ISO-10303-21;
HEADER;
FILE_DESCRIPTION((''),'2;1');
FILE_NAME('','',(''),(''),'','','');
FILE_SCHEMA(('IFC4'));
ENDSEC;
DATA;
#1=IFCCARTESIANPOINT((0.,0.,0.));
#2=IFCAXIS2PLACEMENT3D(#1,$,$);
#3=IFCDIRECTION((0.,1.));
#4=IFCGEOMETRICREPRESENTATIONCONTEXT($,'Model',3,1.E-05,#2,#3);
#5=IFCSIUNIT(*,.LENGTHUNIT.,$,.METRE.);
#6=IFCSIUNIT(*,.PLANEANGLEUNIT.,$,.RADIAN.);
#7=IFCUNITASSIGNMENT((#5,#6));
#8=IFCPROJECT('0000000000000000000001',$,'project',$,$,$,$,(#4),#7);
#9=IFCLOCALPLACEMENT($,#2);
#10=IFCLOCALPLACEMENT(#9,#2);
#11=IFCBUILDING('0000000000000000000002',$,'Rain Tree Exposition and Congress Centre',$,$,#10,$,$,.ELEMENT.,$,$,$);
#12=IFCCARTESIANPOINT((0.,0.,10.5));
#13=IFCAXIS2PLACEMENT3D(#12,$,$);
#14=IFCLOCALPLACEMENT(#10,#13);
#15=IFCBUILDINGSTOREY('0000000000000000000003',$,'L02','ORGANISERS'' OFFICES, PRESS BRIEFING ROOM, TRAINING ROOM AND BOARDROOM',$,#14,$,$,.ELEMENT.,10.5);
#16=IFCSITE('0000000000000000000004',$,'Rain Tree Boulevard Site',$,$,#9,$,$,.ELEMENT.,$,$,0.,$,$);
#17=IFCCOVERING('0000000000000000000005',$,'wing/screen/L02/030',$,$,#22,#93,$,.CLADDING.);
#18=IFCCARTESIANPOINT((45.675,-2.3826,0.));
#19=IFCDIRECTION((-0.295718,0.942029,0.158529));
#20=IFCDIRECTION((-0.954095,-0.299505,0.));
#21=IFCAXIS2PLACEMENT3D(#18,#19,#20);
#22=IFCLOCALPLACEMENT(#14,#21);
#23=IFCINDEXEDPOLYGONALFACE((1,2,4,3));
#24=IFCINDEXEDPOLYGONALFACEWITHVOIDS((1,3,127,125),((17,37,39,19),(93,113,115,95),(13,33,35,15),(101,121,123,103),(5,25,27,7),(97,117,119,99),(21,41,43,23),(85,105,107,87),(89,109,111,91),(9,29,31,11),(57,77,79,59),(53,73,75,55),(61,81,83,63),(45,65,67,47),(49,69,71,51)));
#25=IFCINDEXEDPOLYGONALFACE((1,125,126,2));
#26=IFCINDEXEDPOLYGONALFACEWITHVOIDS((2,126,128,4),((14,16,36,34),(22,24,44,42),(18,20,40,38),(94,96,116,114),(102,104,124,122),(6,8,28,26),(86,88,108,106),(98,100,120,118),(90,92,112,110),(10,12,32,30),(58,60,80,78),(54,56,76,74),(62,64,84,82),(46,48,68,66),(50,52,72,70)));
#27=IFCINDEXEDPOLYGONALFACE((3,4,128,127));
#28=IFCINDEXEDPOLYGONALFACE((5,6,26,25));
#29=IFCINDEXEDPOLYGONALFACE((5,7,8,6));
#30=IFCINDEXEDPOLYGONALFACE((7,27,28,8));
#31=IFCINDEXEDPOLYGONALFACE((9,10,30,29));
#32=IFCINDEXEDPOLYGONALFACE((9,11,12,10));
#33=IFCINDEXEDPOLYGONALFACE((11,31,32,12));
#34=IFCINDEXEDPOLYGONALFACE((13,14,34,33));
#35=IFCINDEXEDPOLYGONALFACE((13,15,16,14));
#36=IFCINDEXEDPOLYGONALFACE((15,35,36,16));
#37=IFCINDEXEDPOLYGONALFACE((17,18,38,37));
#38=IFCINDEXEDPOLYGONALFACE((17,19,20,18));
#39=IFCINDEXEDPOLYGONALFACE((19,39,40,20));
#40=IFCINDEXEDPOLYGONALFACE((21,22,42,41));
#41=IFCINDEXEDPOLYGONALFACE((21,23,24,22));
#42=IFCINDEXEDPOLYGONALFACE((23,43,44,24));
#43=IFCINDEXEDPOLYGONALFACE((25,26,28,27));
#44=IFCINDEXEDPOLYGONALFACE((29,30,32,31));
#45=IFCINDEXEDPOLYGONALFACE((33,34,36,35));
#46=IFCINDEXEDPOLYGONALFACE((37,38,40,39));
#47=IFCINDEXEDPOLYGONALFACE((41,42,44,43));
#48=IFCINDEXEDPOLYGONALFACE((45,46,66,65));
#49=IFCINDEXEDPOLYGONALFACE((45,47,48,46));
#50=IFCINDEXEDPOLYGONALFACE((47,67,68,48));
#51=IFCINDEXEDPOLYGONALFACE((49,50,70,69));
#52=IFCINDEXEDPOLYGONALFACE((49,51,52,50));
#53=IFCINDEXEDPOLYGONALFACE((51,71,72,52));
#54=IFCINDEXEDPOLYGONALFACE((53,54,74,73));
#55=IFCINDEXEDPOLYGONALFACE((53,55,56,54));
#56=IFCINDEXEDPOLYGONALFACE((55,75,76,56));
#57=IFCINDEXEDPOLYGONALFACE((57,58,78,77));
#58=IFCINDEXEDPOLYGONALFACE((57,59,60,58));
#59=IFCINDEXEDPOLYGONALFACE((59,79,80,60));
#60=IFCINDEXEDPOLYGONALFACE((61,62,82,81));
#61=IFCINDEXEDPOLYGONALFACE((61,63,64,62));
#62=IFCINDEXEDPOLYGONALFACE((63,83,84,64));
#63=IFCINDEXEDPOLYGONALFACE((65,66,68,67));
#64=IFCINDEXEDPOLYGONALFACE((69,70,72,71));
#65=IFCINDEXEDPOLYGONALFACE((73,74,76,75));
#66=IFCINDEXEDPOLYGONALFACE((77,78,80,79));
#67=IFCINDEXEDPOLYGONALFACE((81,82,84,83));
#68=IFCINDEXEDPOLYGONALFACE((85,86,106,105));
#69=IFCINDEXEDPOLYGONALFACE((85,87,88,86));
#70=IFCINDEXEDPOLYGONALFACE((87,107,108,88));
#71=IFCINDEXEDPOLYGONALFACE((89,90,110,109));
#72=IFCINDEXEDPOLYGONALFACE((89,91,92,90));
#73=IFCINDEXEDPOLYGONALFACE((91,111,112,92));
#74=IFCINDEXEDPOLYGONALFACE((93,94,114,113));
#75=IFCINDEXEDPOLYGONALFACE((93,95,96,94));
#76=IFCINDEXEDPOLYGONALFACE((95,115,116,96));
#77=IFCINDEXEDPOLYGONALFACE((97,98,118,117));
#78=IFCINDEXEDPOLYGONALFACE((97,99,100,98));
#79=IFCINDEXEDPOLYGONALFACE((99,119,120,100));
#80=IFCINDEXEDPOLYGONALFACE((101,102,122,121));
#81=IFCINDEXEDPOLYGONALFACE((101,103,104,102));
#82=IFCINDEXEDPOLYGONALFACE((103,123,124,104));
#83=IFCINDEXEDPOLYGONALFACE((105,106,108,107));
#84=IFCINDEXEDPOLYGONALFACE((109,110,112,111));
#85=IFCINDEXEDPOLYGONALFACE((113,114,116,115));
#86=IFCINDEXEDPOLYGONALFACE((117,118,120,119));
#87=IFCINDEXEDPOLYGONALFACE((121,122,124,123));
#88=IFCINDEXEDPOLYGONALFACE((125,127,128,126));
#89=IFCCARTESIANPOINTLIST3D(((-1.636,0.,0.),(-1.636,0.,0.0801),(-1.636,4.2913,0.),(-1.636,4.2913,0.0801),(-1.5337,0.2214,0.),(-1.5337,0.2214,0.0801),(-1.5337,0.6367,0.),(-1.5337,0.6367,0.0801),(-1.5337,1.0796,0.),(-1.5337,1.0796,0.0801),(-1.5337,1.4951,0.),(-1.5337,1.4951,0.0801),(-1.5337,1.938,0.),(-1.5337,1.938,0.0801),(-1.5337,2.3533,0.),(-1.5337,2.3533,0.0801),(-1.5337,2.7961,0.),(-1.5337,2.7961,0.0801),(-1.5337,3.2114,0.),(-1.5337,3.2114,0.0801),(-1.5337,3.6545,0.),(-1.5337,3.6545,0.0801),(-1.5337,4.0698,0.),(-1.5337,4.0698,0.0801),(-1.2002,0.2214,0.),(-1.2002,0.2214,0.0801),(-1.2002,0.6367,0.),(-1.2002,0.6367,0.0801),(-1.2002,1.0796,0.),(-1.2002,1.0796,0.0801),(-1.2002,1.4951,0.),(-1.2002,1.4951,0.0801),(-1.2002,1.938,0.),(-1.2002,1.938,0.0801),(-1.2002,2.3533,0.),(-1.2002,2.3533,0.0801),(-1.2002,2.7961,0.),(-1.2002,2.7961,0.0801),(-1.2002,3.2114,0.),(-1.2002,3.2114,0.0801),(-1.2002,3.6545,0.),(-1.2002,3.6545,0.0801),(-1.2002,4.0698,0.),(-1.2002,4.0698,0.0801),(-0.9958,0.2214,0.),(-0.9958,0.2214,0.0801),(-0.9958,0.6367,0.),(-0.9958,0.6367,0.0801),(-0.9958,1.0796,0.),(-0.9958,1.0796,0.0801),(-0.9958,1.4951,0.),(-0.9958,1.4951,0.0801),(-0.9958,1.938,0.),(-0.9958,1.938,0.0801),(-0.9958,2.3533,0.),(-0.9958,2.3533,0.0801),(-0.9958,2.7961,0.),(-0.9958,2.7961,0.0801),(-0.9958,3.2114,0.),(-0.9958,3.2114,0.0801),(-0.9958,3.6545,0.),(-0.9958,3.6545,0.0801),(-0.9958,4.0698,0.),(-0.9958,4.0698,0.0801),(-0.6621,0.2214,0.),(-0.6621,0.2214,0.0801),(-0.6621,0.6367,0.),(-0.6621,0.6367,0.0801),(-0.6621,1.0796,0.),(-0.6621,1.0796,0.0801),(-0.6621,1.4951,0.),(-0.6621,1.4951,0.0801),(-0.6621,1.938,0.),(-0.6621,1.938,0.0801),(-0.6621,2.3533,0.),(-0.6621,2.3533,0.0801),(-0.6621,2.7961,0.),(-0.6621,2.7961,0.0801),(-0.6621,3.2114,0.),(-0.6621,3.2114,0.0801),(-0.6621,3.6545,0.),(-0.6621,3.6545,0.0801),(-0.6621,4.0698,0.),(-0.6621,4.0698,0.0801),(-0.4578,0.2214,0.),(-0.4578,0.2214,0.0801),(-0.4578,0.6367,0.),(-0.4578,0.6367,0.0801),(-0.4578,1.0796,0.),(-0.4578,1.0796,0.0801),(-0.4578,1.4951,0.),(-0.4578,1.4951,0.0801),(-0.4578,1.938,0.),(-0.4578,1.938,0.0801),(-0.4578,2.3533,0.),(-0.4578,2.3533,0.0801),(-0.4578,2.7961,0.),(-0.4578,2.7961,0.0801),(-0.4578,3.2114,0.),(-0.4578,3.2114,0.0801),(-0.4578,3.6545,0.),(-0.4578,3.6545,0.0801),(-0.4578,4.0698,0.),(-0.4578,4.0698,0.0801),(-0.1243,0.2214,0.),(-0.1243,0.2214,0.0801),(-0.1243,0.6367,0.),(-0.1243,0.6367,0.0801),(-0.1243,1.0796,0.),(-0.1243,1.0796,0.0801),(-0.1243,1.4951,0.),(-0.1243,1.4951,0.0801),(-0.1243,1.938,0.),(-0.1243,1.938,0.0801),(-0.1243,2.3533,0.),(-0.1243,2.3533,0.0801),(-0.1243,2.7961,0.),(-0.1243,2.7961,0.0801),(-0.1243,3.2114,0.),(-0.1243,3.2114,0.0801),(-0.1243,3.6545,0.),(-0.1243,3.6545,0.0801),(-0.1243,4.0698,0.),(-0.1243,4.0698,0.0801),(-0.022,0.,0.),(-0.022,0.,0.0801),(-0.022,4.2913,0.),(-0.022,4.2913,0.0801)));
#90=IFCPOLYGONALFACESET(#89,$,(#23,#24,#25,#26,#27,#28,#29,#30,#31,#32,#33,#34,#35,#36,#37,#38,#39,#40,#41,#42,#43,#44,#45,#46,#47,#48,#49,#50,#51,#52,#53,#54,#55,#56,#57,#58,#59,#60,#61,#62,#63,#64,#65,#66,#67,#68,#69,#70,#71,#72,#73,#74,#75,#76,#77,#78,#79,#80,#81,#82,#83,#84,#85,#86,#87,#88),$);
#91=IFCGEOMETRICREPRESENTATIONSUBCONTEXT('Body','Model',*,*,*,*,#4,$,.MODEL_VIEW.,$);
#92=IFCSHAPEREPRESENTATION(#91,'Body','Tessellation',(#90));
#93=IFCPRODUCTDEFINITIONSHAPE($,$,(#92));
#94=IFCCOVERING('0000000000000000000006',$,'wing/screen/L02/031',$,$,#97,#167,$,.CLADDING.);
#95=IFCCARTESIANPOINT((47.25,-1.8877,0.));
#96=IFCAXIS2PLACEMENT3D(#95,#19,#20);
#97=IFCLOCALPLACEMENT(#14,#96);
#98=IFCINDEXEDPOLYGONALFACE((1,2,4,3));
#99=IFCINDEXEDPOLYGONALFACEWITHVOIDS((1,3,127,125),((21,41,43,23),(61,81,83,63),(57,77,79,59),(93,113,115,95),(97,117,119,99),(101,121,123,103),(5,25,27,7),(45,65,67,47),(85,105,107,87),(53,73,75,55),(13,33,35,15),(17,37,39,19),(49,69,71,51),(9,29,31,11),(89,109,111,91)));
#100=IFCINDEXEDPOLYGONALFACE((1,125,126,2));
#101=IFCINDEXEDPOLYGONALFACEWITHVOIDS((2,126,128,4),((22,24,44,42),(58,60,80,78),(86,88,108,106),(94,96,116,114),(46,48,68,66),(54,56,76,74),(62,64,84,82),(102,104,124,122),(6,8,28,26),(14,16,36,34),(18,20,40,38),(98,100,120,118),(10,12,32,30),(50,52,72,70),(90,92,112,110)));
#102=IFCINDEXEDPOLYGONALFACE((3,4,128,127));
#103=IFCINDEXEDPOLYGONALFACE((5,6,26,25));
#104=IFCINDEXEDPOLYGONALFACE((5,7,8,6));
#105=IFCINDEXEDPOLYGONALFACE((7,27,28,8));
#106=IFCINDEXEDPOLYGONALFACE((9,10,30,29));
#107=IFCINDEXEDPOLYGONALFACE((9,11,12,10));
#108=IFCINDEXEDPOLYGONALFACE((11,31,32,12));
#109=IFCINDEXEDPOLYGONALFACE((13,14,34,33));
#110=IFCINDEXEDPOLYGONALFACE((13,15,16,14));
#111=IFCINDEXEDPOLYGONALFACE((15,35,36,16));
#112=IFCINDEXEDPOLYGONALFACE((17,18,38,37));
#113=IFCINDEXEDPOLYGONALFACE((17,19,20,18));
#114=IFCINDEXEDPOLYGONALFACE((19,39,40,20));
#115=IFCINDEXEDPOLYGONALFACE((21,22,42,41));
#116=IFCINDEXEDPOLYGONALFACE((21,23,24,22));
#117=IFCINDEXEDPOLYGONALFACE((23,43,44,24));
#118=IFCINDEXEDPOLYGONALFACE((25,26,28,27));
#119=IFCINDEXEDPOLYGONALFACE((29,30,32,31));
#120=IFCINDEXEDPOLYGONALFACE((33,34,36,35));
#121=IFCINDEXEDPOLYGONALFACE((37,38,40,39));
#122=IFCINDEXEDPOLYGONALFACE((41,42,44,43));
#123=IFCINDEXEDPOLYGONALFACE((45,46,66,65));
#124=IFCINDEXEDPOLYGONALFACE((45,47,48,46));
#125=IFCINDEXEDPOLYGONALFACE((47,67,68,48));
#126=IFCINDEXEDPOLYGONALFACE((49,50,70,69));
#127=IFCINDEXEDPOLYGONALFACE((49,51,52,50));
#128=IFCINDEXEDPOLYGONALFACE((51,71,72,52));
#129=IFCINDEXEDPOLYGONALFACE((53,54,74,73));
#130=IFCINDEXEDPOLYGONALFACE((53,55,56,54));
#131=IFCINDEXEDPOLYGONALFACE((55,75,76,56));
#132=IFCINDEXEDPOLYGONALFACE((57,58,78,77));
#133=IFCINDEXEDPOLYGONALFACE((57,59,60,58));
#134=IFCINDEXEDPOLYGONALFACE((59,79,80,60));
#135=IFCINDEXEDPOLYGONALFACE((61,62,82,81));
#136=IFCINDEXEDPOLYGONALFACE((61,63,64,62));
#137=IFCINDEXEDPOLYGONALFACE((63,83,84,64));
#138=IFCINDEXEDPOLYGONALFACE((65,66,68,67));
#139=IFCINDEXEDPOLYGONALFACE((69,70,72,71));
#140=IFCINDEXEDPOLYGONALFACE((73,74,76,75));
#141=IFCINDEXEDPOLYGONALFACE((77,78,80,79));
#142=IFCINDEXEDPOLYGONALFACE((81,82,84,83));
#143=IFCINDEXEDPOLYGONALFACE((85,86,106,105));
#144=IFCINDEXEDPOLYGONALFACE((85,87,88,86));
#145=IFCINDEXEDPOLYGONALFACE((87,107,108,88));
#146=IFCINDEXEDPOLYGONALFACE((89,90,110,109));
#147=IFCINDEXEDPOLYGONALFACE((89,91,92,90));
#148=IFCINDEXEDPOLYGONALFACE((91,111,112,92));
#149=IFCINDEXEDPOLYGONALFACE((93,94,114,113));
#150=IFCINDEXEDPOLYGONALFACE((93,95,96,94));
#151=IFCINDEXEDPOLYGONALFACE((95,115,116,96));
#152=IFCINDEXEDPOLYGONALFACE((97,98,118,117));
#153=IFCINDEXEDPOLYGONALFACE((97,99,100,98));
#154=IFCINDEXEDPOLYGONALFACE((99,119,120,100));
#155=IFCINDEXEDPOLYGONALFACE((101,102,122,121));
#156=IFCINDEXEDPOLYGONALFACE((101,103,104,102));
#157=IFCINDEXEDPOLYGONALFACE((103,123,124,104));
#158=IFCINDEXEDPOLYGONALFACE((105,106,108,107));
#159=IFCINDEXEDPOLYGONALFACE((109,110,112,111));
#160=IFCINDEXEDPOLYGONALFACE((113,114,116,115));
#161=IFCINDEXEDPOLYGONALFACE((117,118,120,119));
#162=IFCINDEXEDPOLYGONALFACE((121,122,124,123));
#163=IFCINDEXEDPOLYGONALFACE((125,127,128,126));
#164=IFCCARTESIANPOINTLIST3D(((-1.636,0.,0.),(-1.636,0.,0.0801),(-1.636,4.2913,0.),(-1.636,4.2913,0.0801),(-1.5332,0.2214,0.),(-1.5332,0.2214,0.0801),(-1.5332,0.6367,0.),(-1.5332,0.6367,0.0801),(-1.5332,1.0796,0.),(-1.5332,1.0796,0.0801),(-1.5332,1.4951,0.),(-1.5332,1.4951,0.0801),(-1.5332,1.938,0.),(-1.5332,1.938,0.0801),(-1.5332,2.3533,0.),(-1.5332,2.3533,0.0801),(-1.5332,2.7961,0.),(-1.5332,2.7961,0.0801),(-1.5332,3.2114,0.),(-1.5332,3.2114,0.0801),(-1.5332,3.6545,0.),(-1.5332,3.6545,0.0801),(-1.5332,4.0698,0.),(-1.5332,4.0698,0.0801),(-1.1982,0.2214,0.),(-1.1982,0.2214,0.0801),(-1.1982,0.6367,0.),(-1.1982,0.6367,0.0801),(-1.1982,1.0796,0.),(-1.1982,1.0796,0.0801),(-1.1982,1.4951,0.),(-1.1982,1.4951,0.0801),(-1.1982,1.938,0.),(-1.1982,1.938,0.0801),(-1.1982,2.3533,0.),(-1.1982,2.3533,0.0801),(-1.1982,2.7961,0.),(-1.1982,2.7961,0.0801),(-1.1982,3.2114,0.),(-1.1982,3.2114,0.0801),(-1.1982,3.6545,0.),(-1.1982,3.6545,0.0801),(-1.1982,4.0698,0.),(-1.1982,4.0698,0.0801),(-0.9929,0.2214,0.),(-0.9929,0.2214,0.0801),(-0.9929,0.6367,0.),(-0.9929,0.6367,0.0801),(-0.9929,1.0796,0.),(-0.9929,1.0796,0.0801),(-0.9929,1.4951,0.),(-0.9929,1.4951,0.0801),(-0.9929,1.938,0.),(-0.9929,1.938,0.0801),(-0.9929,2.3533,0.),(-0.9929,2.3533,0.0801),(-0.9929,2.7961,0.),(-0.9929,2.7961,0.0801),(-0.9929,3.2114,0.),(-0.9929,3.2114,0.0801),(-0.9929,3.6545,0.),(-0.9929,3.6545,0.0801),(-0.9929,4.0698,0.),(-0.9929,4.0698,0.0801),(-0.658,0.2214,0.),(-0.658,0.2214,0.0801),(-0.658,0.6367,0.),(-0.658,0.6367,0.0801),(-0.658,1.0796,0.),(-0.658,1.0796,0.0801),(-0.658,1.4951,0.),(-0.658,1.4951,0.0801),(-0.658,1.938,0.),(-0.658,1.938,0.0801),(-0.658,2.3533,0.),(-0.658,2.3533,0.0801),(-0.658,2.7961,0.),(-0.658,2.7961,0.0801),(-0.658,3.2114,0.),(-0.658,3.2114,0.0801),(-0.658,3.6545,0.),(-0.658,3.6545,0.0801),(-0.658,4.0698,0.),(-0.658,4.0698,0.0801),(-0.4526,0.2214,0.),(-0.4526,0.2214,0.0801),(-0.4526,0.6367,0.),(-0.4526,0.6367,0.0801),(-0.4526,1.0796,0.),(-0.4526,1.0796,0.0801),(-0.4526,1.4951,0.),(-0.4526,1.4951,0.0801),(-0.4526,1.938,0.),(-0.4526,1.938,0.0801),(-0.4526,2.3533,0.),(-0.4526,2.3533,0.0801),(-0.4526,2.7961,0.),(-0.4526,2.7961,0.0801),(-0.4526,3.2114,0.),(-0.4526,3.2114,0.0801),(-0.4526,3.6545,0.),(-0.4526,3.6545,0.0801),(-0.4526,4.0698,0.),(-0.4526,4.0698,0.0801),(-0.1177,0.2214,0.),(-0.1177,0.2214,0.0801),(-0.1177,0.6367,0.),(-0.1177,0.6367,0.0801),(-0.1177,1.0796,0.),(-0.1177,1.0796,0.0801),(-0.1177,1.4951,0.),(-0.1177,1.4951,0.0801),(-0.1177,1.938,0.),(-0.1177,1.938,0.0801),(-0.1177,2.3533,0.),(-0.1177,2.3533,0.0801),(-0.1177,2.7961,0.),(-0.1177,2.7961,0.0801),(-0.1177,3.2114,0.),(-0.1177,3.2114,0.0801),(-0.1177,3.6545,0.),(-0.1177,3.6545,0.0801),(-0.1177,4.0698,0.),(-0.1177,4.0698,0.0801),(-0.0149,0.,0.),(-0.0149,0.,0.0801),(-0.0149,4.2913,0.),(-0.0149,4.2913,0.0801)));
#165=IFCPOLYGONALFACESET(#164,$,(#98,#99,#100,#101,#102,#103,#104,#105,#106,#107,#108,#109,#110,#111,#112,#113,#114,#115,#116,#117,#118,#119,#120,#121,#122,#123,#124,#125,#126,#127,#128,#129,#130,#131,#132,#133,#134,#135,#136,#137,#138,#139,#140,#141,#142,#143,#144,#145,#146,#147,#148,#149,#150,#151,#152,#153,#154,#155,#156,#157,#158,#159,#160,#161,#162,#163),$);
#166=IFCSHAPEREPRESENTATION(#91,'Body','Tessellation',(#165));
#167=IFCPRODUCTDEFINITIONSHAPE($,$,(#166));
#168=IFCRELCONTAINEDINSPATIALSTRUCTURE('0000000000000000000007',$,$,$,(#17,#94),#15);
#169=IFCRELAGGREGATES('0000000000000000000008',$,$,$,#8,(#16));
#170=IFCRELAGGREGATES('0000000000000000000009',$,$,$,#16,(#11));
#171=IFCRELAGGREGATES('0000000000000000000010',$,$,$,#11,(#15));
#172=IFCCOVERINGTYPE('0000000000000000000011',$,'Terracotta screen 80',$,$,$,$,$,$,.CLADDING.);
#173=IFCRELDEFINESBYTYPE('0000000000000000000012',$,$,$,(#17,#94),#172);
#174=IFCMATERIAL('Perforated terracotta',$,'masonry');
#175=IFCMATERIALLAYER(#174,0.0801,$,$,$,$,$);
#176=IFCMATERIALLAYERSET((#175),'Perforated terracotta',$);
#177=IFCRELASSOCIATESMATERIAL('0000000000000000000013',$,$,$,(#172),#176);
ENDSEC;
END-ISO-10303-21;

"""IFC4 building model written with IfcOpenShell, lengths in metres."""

from ifc_helpers import new_model, si_unit, direction, frame, origin, place, context, subcontext, project, spatial, polyline, outline, extrude, material, layer, layer_set, type_object, element, save


model = new_model("IFC4")

# Units and contexts
model_context = context("Model", 3, precision=1e-05, world=origin(), true_north=direction((0.0, 1.0)))
body_context = subcontext(model_context, "Body", "Model", "MODEL_VIEW")
ifc_project = project(units=[si_unit("LENGTHUNIT", "METRE"), si_unit("PLANEANGLEUNIT", "RADIAN")], contexts=[model_context])

# Site, building, storey
site_placement = place(None, origin())
site = spatial("IfcSite", under=ifc_project, at=site_placement, Name="Rain Tree Boulevard Site", CompositionType="ELEMENT", RefElevation=0.0)
building_placement = place(site_placement, origin())
building = spatial("IfcBuilding", under=site, at=building_placement, Name="Rain Tree Exposition and Congress Centre", CompositionType="ELEMENT")
storey_placement = place(building_placement, frame((0.0, 0.0, 10.5)))
storey = spatial("IfcBuildingStorey", under=building, at=storey_placement, Name="L02", Description="ORGANISERS' OFFICES, PRESS BRIEFING ROOM, TRAINING ROOM AND BOARDROOM", CompositionType="ELEMENT", Elevation=10.5)

# Coverings
ifc_material_1 = material(Name="Perforated terracotta", Category="masonry")
ifc_layer_1 = layer(ifc_material_1, 0.0801)
ifc_layer_set_1 = layer_set([ifc_layer_1], Name="Perforated terracotta")
covering_type = type_object("IfcCoveringType", Name="Terracotta screen 80", PredefinedType="CLADDING", material=ifc_layer_set_1)
covering_1_placement = place(storey_placement, frame((45.675, -2.3826, 0.0), z_axis=(-0.295718, 0.942029, 0.158529), x_axis=(-0.954095, -0.299505, 0.0)))
element("IfcCovering", 1, at=covering_1_placement, inside=storey, type_object=covering_type, Name="wing/screen/L02/030", PredefinedType="CLADDING", context=body_context, shape_type="SweptSolid", body=[
    extrude(outline(polyline([(-1.636, 0.0), (-1.636, 4.2913), (-0.022, 4.2913), (-0.022, 0.0), (-1.636, 0.0)]), holes=[polyline([(-0.1243, 0.2214), (-0.1243, 0.6367), (-0.4578, 0.6367), (-0.4578, 0.2214), (-0.1243, 0.2214)]), polyline([(-0.1243, 1.0796), (-0.1243, 1.4951), (-0.4578, 1.4951), (-0.4578, 1.0796), (-0.1243, 1.0796)]), polyline([(-0.1243, 1.938), (-0.1243, 2.3533), (-0.4578, 2.3533), (-0.4578, 1.938), (-0.1243, 1.938)]), polyline([(-0.1243, 2.7961), (-0.1243, 3.2114), (-0.4578, 3.2114), (-0.4578, 2.7961), (-0.1243, 2.7961)]), polyline([(-0.1243, 3.6545), (-0.1243, 4.0698), (-0.4578, 4.0698), (-0.4578, 3.6545), (-0.1243, 3.6545)]), polyline([(-0.6621, 0.2214), (-0.6621, 0.6367), (-0.9958, 0.6367), (-0.9958, 0.2214), (-0.6621, 0.2214)]), polyline([(-0.6621, 1.0796), (-0.6621, 1.4951), (-0.9958, 1.4951), (-0.9958, 1.0796), (-0.6621, 1.0796)]), polyline([(-0.6621, 1.938), (-0.6621, 2.3533), (-0.9958, 2.3533), (-0.9958, 1.938), (-0.6621, 1.938)]), polyline([(-0.6621, 2.7961), (-0.6621, 3.2114), (-0.9958, 3.2114), (-0.9958, 2.7961), (-0.6621, 2.7961)]), polyline([(-0.6621, 3.6545), (-0.6621, 4.0698), (-0.9958, 4.0698), (-0.9958, 3.6545), (-0.6621, 3.6545)]), polyline([(-1.2002, 0.2214), (-1.2002, 0.6367), (-1.5337, 0.6367), (-1.5337, 0.2214), (-1.2002, 0.2214)]), polyline([(-1.2002, 1.0796), (-1.2002, 1.4951), (-1.5337, 1.4951), (-1.5337, 1.0796), (-1.2002, 1.0796)]), polyline([(-1.2002, 1.938), (-1.2002, 2.3533), (-1.5337, 2.3533), (-1.5337, 1.938), (-1.2002, 1.938)]), polyline([(-1.2002, 2.7961), (-1.2002, 3.2114), (-1.5337, 3.2114), (-1.5337, 2.7961), (-1.2002, 2.7961)]), polyline([(-1.2002, 3.6545), (-1.2002, 4.0698), (-1.5337, 4.0698), (-1.5337, 3.6545), (-1.2002, 3.6545)])]), origin(), (0.0, 0.0, 1.0), 0.0801),
])
covering_2_placement = place(storey_placement, frame((47.25, -1.8877, 0.0), z_axis=(-0.295718, 0.942029, 0.158529), x_axis=(-0.954095, -0.299505, 0.0)))
element("IfcCovering", 2, at=covering_2_placement, inside=storey, type_object=covering_type, Name="wing/screen/L02/031", PredefinedType="CLADDING", context=body_context, shape_type="SweptSolid", body=[
    extrude(outline(polyline([(-1.636, 0.0), (-1.636, 4.2913), (-0.0149, 4.2913), (-0.0149, 0.0), (-1.636, 0.0)]), holes=[polyline([(-0.1177, 0.2214), (-0.1177, 0.6367), (-0.4526, 0.6367), (-0.4526, 0.2214), (-0.1177, 0.2214)]), polyline([(-0.1177, 1.0796), (-0.1177, 1.4951), (-0.4526, 1.4951), (-0.4526, 1.0796), (-0.1177, 1.0796)]), polyline([(-0.1177, 1.938), (-0.1177, 2.3533), (-0.4526, 2.3533), (-0.4526, 1.938), (-0.1177, 1.938)]), polyline([(-0.1177, 2.7961), (-0.1177, 3.2114), (-0.4526, 3.2114), (-0.4526, 2.7961), (-0.1177, 2.7961)]), polyline([(-0.1177, 3.6545), (-0.1177, 4.0698), (-0.4526, 4.0698), (-0.4526, 3.6545), (-0.1177, 3.6545)]), polyline([(-0.658, 0.2214), (-0.658, 0.6367), (-0.9929, 0.6367), (-0.9929, 0.2214), (-0.658, 0.2214)]), polyline([(-0.658, 1.0796), (-0.658, 1.4951), (-0.9929, 1.4951), (-0.9929, 1.0796), (-0.658, 1.0796)]), polyline([(-0.658, 1.938), (-0.658, 2.3533), (-0.9929, 2.3533), (-0.9929, 1.938), (-0.658, 1.938)]), polyline([(-0.658, 2.7961), (-0.658, 3.2114), (-0.9929, 3.2114), (-0.9929, 2.7961), (-0.658, 2.7961)]), polyline([(-0.658, 3.6545), (-0.658, 4.0698), (-0.9929, 4.0698), (-0.9929, 3.6545), (-0.658, 3.6545)]), polyline([(-1.1982, 0.2214), (-1.1982, 0.6367), (-1.5332, 0.6367), (-1.5332, 0.2214), (-1.1982, 0.2214)]), polyline([(-1.1982, 1.0796), (-1.1982, 1.4951), (-1.5332, 1.4951), (-1.5332, 1.0796), (-1.1982, 1.0796)]), polyline([(-1.1982, 1.938), (-1.1982, 2.3533), (-1.5332, 2.3533), (-1.5332, 1.938), (-1.1982, 1.938)]), polyline([(-1.1982, 2.7961), (-1.1982, 3.2114), (-1.5332, 3.2114), (-1.5332, 2.7961), (-1.1982, 2.7961)]), polyline([(-1.1982, 3.6545), (-1.1982, 4.0698), (-1.5332, 4.0698), (-1.5332, 3.6545), (-1.1982, 3.6545)])]), origin(), (0.0, 0.0, 1.0), 0.0801),
])

save(model, "model.ifc")
